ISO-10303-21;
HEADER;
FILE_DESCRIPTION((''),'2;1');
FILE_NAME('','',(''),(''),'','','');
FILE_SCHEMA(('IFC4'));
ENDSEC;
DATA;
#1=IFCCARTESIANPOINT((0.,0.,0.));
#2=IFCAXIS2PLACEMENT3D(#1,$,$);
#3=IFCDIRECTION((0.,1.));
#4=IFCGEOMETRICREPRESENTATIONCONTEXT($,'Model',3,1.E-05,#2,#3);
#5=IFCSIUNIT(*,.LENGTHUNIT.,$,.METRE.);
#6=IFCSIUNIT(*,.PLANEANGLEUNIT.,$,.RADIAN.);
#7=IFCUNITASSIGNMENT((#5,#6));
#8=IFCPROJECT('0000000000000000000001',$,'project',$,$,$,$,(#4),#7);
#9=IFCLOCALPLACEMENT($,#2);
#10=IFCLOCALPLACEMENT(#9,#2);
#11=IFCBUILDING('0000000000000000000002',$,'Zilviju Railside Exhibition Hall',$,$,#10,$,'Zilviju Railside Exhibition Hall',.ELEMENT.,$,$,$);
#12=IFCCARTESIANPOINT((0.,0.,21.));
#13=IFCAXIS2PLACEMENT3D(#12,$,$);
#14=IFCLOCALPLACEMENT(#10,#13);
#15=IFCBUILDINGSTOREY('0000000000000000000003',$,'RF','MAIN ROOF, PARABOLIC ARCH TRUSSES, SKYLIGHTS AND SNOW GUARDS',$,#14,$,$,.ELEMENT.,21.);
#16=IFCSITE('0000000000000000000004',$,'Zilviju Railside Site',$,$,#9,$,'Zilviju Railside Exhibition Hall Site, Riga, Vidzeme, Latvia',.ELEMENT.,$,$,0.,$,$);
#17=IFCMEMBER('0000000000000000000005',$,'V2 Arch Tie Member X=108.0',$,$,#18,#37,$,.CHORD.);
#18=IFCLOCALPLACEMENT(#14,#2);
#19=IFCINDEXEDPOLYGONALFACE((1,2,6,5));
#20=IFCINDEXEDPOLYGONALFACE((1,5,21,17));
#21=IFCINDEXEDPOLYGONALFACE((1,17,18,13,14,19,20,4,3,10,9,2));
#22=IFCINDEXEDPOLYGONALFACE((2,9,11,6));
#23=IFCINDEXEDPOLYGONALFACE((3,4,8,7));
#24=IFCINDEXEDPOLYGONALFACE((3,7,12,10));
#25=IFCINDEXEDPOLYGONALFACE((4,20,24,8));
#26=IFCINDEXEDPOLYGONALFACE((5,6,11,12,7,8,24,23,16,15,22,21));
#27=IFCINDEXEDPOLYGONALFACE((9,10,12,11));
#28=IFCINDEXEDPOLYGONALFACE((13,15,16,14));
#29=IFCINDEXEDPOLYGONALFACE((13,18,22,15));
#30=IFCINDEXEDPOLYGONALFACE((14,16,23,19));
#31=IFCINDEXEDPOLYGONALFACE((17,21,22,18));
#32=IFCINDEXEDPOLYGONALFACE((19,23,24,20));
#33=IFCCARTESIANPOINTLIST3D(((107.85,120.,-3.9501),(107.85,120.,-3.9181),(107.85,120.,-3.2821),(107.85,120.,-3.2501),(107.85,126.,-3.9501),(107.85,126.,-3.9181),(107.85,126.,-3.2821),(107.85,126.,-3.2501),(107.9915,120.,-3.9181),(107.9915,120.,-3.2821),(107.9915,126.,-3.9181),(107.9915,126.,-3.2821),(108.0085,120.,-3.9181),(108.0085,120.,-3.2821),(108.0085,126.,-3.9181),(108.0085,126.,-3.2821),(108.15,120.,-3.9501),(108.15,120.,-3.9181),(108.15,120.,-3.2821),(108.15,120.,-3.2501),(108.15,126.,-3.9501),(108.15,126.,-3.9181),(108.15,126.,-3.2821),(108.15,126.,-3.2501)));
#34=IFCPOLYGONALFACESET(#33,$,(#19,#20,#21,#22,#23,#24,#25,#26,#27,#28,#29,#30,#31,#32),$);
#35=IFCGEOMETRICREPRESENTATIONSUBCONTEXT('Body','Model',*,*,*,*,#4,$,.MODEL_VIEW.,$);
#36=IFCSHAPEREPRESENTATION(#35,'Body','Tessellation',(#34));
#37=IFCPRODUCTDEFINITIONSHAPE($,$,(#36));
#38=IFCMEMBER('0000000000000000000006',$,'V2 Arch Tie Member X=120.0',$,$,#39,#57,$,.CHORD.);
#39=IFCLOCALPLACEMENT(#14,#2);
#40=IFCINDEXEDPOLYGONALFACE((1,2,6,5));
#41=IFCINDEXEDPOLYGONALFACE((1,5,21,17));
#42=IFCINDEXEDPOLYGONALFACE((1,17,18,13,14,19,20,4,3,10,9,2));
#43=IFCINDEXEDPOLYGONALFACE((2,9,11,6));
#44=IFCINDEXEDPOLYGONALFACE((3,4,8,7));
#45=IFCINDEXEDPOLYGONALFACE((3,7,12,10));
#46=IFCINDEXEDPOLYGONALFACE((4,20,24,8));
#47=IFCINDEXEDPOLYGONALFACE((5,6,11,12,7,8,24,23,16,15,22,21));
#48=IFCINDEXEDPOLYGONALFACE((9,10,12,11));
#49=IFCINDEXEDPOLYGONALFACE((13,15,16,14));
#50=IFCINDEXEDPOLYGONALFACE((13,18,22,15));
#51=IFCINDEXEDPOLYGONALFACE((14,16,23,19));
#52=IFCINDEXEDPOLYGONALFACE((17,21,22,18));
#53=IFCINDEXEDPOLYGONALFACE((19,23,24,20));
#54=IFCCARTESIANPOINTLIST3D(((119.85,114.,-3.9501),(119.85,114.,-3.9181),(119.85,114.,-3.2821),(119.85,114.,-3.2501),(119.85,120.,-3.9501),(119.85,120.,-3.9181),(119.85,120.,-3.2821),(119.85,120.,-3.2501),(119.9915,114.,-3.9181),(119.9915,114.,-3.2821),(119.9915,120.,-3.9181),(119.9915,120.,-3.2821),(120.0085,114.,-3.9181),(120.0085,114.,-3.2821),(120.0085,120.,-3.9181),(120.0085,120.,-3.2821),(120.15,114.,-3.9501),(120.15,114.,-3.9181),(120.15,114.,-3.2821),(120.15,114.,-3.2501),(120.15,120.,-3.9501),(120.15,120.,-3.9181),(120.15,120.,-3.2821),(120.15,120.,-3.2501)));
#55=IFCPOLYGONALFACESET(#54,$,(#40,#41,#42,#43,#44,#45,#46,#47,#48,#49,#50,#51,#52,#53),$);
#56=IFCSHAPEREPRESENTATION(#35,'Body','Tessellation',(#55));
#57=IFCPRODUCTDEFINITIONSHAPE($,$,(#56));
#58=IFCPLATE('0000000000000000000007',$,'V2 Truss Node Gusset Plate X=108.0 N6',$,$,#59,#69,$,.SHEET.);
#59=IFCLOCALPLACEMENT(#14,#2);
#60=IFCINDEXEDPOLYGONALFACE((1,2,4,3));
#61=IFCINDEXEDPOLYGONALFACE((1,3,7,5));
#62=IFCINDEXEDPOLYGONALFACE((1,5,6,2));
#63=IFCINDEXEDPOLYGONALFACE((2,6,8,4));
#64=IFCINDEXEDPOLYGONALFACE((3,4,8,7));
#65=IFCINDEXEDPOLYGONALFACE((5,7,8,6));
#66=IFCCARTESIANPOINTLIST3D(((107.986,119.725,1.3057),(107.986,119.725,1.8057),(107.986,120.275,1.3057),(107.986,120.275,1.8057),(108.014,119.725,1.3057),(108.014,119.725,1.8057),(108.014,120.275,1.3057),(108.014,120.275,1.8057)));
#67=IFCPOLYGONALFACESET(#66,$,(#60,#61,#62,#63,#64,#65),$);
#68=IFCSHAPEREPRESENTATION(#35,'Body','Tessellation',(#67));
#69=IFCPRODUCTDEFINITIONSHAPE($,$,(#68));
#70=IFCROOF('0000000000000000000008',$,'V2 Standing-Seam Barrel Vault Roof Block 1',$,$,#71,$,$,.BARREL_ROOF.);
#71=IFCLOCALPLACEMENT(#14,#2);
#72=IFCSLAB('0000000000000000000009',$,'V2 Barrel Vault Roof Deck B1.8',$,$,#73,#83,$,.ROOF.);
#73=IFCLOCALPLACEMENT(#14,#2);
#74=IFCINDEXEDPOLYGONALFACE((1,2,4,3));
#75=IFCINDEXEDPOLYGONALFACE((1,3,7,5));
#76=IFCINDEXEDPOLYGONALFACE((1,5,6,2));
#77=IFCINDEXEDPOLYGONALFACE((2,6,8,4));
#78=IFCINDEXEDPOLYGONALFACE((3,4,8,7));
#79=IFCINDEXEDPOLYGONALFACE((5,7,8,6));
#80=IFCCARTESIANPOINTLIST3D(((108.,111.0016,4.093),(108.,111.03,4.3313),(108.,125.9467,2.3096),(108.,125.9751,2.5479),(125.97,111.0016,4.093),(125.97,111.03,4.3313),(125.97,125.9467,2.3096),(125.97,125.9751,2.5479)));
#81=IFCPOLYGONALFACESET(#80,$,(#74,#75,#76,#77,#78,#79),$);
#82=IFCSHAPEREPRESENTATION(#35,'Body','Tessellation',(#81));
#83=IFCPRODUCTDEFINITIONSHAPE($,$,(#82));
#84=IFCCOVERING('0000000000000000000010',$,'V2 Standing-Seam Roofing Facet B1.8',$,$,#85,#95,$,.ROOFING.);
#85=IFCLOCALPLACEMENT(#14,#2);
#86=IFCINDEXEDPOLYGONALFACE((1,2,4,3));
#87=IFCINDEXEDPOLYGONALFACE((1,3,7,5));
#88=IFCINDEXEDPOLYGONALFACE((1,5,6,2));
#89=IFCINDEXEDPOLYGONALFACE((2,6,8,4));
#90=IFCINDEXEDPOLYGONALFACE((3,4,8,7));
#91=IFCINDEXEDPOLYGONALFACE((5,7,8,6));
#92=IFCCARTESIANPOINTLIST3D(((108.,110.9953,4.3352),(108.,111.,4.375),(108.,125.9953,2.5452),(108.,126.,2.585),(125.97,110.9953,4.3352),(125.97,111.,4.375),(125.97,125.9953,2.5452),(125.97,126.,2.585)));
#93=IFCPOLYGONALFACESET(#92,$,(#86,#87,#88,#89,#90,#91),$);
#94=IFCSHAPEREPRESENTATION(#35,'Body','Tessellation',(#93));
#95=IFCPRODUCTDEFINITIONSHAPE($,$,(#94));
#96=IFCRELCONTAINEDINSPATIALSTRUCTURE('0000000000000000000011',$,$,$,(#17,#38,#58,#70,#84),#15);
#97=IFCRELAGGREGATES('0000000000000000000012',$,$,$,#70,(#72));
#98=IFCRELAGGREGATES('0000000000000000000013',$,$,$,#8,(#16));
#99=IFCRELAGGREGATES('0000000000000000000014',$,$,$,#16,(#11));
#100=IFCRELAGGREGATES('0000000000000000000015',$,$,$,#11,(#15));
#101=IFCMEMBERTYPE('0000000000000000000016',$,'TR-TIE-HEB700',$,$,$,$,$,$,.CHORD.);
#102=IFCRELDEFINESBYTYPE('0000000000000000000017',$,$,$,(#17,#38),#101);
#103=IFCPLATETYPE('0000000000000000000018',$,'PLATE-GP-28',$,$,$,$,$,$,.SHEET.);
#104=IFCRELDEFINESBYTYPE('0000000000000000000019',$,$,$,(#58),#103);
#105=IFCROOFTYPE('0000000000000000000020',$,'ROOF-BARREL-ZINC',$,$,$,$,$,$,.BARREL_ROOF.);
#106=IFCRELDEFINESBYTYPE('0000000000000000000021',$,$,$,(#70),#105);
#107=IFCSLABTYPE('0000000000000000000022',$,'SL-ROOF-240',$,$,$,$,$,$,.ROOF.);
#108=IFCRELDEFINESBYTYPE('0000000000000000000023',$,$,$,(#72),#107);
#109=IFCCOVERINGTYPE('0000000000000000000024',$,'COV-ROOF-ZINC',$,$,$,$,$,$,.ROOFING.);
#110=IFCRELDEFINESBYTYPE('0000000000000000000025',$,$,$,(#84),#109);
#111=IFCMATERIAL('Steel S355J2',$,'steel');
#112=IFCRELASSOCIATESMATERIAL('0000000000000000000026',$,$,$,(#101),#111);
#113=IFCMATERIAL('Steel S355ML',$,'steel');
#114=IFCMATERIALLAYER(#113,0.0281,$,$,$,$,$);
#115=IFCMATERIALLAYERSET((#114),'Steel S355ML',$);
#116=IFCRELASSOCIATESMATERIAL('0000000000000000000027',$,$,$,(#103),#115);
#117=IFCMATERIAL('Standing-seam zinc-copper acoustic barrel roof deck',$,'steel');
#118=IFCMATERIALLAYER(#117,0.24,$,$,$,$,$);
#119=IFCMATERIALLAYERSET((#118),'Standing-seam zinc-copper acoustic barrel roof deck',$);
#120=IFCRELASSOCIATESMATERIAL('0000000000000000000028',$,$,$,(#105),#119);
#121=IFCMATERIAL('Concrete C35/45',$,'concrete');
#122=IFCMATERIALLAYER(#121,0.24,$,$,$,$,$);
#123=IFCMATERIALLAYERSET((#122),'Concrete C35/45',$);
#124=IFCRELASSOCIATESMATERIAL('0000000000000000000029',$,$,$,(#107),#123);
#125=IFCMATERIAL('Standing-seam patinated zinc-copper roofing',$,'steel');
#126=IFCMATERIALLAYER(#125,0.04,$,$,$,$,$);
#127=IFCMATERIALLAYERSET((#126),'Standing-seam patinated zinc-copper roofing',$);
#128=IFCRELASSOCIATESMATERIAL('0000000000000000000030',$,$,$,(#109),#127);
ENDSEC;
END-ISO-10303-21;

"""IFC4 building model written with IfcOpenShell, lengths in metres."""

from ifc_helpers import new_model, si_unit, direction, frame, origin, origin_2d, place, context, subcontext, project, spatial, polyline, rectangle, i_section, outline, extrude, material, layer, layer_set, material_profile, profile_set, type_object, element, aggregate, save


model = new_model("IFC4")

# Units and contexts
model_context = context("Model", 3, precision=1e-05, world=origin(), true_north=direction((0.0, 1.0)))
body_context = subcontext(model_context, "Body", "Model", "MODEL_VIEW")
ifc_project = project(units=[si_unit("LENGTHUNIT", "METRE"), si_unit("PLANEANGLEUNIT", "RADIAN")], contexts=[model_context])

# Site, building, storey
site_placement = place(None, origin())
site = spatial("IfcSite", under=ifc_project, at=site_placement, Name="Zilviju Railside Site", LongName="Zilviju Railside Exhibition Hall Site, Riga, Vidzeme, Latvia", CompositionType="ELEMENT", RefElevation=0.0)
building_placement = place(site_placement, origin())
building = spatial("IfcBuilding", under=site, at=building_placement, Name="Zilviju Railside Exhibition Hall", LongName="Zilviju Railside Exhibition Hall", CompositionType="ELEMENT")
storey_placement = place(building_placement, frame((0.0, 0.0, 21.0)))
storey = spatial("IfcBuildingStorey", under=building, at=storey_placement, Name="RF", Description="MAIN ROOF, PARABOLIC ARCH TRUSSES, SKYLIGHTS AND SNOW GUARDS", CompositionType="ELEMENT", Elevation=21.0)

# Members
ifc_material_1 = material(Name="Steel S355J2", Category="steel")
ifc_material_profile_1 = material_profile(ifc_material_1, i_section(OverallWidth=0.3, OverallDepth=0.7, WebThickness=0.0171, FlangeThickness=0.032, at=origin_2d()), Name="HEB 700")
ifc_profile_set_1 = profile_set([ifc_material_profile_1], Name="Steel S355J2")
member_type_1 = type_object("IfcMemberType", Name="TR-TIE-HEB700", PredefinedType="CHORD", material=ifc_profile_set_1)
for number, where, z_axis, x_axis, name in (
    (1, (108.0, 120.0, -3.6001), (0.0, 1.0, 0.0), (-1.0, 0.0, 0.0), "V2 Arch Tie Member X=108.0"),
    (2, (120.0, 114.0, -3.6001), (0.0, 1.0, 0.0), (-1.0, 0.0, 0.0), "V2 Arch Tie Member X=120.0"),
):
    element("IfcMember", number, at=place(storey_placement, frame(where, z_axis=z_axis, x_axis=x_axis)), inside=storey, type_object=member_type_1, Name=name, PredefinedType="CHORD", context=body_context, shape_type="SweptSolid", body=[
        extrude(i_section(OverallWidth=0.3, OverallDepth=0.7, WebThickness=0.0171, FlangeThickness=0.032, at=origin_2d()), origin(), (0.0, 0.0, 1.0), 6.0),
    ])

# Plate
ifc_material_2 = material(Name="Steel S355ML", Category="steel")
ifc_layer_1 = layer(ifc_material_2, 0.0281)
ifc_layer_set_1 = layer_set([ifc_layer_1], Name="Steel S355ML")
plate_type = type_object("IfcPlateType", Name="PLATE-GP-28", PredefinedType="SHEET", material=ifc_layer_set_1)
plate_placement = place(storey_placement, frame((108.0, 120.0, 1.3057), z_axis=(0.0, 0.0, 1.0), x_axis=(1.0, 0.0, 0.0)))
element("IfcPlate", 3, at=plate_placement, inside=storey, type_object=plate_type, Name="V2 Truss Node Gusset Plate X=108.0 N6", PredefinedType="SHEET", context=body_context, shape_type="SweptSolid", body=[
    extrude(rectangle(XDim=0.0281, YDim=0.55, at=origin_2d()), origin(), (0.0, 0.0, 1.0), 0.5),
])

# Roof, slab
ifc_material_3 = material(Name="Standing-seam zinc-copper acoustic barrel roof deck", Category="steel")
ifc_layer_2 = layer(ifc_material_3, 0.24)
ifc_layer_set_2 = layer_set([ifc_layer_2], Name="Standing-seam zinc-copper acoustic barrel roof deck")
roof_type = type_object("IfcRoofType", Name="ROOF-BARREL-ZINC", PredefinedType="BARREL_ROOF", material=ifc_layer_set_2)
roof_placement = place(storey_placement, origin())
roof = element("IfcRoof", 4, at=roof_placement, inside=storey, type_object=roof_type, Name="V2 Standing-Seam Barrel Vault Roof Block 1", PredefinedType="BARREL_ROOF")
ifc_material_4 = material(Name="Concrete C35/45", Category="concrete")
ifc_layer_3 = layer(ifc_material_4, 0.24)
ifc_layer_set_3 = layer_set([ifc_layer_3], Name="Concrete C35/45")
slab_type = type_object("IfcSlabType", Name="SL-ROOF-240", PredefinedType="ROOF", material=ifc_layer_set_3)
slab_placement = place(storey_placement, frame((108.0, 111.03, 4.3313), z_axis=(0.0, 0.118493, 0.992955), x_axis=(1.0, 0.0, 0.0)))
slab = element("IfcSlab", 5, at=slab_placement, type_object=slab_type, Name="V2 Barrel Vault Roof Deck B1.8", PredefinedType="ROOF", context=body_context, shape_type="SweptSolid", body=[
    extrude(outline(polyline([(0.0, 0.0), (17.97, 0.0), (17.97, 15.0511), (0.0, 15.0511), (0.0, 0.0)])), origin(), (0.0, 0.0, -1.0), 0.24),
])
aggregate(roof, [slab])

# Covering
ifc_material_5 = material(Name="Standing-seam patinated zinc-copper roofing", Category="steel")
ifc_layer_4 = layer(ifc_material_5, 0.04)
ifc_layer_set_4 = layer_set([ifc_layer_4], Name="Standing-seam patinated zinc-copper roofing")
covering_type = type_object("IfcCoveringType", Name="COV-ROOF-ZINC", PredefinedType="ROOFING", material=ifc_layer_set_4)
covering_placement = place(storey_placement, frame((108.0, 111.0, 4.375), z_axis=(0.0, 0.118495, 0.992955), x_axis=(1.0, 0.0, 0.0)))
element("IfcCovering", 6, at=covering_placement, inside=storey, type_object=covering_type, Name="V2 Standing-Seam Roofing Facet B1.8", PredefinedType="ROOFING", context=body_context, shape_type="SweptSolid", body=[
    extrude(outline(polyline([(0.0, 0.0), (17.97, 0.0), (17.97, 15.1064), (0.0, 15.1064), (0.0, 0.0)])), origin(), (0.0, 0.0, -1.0), 0.04),
])

save(model, "model.ifc")
